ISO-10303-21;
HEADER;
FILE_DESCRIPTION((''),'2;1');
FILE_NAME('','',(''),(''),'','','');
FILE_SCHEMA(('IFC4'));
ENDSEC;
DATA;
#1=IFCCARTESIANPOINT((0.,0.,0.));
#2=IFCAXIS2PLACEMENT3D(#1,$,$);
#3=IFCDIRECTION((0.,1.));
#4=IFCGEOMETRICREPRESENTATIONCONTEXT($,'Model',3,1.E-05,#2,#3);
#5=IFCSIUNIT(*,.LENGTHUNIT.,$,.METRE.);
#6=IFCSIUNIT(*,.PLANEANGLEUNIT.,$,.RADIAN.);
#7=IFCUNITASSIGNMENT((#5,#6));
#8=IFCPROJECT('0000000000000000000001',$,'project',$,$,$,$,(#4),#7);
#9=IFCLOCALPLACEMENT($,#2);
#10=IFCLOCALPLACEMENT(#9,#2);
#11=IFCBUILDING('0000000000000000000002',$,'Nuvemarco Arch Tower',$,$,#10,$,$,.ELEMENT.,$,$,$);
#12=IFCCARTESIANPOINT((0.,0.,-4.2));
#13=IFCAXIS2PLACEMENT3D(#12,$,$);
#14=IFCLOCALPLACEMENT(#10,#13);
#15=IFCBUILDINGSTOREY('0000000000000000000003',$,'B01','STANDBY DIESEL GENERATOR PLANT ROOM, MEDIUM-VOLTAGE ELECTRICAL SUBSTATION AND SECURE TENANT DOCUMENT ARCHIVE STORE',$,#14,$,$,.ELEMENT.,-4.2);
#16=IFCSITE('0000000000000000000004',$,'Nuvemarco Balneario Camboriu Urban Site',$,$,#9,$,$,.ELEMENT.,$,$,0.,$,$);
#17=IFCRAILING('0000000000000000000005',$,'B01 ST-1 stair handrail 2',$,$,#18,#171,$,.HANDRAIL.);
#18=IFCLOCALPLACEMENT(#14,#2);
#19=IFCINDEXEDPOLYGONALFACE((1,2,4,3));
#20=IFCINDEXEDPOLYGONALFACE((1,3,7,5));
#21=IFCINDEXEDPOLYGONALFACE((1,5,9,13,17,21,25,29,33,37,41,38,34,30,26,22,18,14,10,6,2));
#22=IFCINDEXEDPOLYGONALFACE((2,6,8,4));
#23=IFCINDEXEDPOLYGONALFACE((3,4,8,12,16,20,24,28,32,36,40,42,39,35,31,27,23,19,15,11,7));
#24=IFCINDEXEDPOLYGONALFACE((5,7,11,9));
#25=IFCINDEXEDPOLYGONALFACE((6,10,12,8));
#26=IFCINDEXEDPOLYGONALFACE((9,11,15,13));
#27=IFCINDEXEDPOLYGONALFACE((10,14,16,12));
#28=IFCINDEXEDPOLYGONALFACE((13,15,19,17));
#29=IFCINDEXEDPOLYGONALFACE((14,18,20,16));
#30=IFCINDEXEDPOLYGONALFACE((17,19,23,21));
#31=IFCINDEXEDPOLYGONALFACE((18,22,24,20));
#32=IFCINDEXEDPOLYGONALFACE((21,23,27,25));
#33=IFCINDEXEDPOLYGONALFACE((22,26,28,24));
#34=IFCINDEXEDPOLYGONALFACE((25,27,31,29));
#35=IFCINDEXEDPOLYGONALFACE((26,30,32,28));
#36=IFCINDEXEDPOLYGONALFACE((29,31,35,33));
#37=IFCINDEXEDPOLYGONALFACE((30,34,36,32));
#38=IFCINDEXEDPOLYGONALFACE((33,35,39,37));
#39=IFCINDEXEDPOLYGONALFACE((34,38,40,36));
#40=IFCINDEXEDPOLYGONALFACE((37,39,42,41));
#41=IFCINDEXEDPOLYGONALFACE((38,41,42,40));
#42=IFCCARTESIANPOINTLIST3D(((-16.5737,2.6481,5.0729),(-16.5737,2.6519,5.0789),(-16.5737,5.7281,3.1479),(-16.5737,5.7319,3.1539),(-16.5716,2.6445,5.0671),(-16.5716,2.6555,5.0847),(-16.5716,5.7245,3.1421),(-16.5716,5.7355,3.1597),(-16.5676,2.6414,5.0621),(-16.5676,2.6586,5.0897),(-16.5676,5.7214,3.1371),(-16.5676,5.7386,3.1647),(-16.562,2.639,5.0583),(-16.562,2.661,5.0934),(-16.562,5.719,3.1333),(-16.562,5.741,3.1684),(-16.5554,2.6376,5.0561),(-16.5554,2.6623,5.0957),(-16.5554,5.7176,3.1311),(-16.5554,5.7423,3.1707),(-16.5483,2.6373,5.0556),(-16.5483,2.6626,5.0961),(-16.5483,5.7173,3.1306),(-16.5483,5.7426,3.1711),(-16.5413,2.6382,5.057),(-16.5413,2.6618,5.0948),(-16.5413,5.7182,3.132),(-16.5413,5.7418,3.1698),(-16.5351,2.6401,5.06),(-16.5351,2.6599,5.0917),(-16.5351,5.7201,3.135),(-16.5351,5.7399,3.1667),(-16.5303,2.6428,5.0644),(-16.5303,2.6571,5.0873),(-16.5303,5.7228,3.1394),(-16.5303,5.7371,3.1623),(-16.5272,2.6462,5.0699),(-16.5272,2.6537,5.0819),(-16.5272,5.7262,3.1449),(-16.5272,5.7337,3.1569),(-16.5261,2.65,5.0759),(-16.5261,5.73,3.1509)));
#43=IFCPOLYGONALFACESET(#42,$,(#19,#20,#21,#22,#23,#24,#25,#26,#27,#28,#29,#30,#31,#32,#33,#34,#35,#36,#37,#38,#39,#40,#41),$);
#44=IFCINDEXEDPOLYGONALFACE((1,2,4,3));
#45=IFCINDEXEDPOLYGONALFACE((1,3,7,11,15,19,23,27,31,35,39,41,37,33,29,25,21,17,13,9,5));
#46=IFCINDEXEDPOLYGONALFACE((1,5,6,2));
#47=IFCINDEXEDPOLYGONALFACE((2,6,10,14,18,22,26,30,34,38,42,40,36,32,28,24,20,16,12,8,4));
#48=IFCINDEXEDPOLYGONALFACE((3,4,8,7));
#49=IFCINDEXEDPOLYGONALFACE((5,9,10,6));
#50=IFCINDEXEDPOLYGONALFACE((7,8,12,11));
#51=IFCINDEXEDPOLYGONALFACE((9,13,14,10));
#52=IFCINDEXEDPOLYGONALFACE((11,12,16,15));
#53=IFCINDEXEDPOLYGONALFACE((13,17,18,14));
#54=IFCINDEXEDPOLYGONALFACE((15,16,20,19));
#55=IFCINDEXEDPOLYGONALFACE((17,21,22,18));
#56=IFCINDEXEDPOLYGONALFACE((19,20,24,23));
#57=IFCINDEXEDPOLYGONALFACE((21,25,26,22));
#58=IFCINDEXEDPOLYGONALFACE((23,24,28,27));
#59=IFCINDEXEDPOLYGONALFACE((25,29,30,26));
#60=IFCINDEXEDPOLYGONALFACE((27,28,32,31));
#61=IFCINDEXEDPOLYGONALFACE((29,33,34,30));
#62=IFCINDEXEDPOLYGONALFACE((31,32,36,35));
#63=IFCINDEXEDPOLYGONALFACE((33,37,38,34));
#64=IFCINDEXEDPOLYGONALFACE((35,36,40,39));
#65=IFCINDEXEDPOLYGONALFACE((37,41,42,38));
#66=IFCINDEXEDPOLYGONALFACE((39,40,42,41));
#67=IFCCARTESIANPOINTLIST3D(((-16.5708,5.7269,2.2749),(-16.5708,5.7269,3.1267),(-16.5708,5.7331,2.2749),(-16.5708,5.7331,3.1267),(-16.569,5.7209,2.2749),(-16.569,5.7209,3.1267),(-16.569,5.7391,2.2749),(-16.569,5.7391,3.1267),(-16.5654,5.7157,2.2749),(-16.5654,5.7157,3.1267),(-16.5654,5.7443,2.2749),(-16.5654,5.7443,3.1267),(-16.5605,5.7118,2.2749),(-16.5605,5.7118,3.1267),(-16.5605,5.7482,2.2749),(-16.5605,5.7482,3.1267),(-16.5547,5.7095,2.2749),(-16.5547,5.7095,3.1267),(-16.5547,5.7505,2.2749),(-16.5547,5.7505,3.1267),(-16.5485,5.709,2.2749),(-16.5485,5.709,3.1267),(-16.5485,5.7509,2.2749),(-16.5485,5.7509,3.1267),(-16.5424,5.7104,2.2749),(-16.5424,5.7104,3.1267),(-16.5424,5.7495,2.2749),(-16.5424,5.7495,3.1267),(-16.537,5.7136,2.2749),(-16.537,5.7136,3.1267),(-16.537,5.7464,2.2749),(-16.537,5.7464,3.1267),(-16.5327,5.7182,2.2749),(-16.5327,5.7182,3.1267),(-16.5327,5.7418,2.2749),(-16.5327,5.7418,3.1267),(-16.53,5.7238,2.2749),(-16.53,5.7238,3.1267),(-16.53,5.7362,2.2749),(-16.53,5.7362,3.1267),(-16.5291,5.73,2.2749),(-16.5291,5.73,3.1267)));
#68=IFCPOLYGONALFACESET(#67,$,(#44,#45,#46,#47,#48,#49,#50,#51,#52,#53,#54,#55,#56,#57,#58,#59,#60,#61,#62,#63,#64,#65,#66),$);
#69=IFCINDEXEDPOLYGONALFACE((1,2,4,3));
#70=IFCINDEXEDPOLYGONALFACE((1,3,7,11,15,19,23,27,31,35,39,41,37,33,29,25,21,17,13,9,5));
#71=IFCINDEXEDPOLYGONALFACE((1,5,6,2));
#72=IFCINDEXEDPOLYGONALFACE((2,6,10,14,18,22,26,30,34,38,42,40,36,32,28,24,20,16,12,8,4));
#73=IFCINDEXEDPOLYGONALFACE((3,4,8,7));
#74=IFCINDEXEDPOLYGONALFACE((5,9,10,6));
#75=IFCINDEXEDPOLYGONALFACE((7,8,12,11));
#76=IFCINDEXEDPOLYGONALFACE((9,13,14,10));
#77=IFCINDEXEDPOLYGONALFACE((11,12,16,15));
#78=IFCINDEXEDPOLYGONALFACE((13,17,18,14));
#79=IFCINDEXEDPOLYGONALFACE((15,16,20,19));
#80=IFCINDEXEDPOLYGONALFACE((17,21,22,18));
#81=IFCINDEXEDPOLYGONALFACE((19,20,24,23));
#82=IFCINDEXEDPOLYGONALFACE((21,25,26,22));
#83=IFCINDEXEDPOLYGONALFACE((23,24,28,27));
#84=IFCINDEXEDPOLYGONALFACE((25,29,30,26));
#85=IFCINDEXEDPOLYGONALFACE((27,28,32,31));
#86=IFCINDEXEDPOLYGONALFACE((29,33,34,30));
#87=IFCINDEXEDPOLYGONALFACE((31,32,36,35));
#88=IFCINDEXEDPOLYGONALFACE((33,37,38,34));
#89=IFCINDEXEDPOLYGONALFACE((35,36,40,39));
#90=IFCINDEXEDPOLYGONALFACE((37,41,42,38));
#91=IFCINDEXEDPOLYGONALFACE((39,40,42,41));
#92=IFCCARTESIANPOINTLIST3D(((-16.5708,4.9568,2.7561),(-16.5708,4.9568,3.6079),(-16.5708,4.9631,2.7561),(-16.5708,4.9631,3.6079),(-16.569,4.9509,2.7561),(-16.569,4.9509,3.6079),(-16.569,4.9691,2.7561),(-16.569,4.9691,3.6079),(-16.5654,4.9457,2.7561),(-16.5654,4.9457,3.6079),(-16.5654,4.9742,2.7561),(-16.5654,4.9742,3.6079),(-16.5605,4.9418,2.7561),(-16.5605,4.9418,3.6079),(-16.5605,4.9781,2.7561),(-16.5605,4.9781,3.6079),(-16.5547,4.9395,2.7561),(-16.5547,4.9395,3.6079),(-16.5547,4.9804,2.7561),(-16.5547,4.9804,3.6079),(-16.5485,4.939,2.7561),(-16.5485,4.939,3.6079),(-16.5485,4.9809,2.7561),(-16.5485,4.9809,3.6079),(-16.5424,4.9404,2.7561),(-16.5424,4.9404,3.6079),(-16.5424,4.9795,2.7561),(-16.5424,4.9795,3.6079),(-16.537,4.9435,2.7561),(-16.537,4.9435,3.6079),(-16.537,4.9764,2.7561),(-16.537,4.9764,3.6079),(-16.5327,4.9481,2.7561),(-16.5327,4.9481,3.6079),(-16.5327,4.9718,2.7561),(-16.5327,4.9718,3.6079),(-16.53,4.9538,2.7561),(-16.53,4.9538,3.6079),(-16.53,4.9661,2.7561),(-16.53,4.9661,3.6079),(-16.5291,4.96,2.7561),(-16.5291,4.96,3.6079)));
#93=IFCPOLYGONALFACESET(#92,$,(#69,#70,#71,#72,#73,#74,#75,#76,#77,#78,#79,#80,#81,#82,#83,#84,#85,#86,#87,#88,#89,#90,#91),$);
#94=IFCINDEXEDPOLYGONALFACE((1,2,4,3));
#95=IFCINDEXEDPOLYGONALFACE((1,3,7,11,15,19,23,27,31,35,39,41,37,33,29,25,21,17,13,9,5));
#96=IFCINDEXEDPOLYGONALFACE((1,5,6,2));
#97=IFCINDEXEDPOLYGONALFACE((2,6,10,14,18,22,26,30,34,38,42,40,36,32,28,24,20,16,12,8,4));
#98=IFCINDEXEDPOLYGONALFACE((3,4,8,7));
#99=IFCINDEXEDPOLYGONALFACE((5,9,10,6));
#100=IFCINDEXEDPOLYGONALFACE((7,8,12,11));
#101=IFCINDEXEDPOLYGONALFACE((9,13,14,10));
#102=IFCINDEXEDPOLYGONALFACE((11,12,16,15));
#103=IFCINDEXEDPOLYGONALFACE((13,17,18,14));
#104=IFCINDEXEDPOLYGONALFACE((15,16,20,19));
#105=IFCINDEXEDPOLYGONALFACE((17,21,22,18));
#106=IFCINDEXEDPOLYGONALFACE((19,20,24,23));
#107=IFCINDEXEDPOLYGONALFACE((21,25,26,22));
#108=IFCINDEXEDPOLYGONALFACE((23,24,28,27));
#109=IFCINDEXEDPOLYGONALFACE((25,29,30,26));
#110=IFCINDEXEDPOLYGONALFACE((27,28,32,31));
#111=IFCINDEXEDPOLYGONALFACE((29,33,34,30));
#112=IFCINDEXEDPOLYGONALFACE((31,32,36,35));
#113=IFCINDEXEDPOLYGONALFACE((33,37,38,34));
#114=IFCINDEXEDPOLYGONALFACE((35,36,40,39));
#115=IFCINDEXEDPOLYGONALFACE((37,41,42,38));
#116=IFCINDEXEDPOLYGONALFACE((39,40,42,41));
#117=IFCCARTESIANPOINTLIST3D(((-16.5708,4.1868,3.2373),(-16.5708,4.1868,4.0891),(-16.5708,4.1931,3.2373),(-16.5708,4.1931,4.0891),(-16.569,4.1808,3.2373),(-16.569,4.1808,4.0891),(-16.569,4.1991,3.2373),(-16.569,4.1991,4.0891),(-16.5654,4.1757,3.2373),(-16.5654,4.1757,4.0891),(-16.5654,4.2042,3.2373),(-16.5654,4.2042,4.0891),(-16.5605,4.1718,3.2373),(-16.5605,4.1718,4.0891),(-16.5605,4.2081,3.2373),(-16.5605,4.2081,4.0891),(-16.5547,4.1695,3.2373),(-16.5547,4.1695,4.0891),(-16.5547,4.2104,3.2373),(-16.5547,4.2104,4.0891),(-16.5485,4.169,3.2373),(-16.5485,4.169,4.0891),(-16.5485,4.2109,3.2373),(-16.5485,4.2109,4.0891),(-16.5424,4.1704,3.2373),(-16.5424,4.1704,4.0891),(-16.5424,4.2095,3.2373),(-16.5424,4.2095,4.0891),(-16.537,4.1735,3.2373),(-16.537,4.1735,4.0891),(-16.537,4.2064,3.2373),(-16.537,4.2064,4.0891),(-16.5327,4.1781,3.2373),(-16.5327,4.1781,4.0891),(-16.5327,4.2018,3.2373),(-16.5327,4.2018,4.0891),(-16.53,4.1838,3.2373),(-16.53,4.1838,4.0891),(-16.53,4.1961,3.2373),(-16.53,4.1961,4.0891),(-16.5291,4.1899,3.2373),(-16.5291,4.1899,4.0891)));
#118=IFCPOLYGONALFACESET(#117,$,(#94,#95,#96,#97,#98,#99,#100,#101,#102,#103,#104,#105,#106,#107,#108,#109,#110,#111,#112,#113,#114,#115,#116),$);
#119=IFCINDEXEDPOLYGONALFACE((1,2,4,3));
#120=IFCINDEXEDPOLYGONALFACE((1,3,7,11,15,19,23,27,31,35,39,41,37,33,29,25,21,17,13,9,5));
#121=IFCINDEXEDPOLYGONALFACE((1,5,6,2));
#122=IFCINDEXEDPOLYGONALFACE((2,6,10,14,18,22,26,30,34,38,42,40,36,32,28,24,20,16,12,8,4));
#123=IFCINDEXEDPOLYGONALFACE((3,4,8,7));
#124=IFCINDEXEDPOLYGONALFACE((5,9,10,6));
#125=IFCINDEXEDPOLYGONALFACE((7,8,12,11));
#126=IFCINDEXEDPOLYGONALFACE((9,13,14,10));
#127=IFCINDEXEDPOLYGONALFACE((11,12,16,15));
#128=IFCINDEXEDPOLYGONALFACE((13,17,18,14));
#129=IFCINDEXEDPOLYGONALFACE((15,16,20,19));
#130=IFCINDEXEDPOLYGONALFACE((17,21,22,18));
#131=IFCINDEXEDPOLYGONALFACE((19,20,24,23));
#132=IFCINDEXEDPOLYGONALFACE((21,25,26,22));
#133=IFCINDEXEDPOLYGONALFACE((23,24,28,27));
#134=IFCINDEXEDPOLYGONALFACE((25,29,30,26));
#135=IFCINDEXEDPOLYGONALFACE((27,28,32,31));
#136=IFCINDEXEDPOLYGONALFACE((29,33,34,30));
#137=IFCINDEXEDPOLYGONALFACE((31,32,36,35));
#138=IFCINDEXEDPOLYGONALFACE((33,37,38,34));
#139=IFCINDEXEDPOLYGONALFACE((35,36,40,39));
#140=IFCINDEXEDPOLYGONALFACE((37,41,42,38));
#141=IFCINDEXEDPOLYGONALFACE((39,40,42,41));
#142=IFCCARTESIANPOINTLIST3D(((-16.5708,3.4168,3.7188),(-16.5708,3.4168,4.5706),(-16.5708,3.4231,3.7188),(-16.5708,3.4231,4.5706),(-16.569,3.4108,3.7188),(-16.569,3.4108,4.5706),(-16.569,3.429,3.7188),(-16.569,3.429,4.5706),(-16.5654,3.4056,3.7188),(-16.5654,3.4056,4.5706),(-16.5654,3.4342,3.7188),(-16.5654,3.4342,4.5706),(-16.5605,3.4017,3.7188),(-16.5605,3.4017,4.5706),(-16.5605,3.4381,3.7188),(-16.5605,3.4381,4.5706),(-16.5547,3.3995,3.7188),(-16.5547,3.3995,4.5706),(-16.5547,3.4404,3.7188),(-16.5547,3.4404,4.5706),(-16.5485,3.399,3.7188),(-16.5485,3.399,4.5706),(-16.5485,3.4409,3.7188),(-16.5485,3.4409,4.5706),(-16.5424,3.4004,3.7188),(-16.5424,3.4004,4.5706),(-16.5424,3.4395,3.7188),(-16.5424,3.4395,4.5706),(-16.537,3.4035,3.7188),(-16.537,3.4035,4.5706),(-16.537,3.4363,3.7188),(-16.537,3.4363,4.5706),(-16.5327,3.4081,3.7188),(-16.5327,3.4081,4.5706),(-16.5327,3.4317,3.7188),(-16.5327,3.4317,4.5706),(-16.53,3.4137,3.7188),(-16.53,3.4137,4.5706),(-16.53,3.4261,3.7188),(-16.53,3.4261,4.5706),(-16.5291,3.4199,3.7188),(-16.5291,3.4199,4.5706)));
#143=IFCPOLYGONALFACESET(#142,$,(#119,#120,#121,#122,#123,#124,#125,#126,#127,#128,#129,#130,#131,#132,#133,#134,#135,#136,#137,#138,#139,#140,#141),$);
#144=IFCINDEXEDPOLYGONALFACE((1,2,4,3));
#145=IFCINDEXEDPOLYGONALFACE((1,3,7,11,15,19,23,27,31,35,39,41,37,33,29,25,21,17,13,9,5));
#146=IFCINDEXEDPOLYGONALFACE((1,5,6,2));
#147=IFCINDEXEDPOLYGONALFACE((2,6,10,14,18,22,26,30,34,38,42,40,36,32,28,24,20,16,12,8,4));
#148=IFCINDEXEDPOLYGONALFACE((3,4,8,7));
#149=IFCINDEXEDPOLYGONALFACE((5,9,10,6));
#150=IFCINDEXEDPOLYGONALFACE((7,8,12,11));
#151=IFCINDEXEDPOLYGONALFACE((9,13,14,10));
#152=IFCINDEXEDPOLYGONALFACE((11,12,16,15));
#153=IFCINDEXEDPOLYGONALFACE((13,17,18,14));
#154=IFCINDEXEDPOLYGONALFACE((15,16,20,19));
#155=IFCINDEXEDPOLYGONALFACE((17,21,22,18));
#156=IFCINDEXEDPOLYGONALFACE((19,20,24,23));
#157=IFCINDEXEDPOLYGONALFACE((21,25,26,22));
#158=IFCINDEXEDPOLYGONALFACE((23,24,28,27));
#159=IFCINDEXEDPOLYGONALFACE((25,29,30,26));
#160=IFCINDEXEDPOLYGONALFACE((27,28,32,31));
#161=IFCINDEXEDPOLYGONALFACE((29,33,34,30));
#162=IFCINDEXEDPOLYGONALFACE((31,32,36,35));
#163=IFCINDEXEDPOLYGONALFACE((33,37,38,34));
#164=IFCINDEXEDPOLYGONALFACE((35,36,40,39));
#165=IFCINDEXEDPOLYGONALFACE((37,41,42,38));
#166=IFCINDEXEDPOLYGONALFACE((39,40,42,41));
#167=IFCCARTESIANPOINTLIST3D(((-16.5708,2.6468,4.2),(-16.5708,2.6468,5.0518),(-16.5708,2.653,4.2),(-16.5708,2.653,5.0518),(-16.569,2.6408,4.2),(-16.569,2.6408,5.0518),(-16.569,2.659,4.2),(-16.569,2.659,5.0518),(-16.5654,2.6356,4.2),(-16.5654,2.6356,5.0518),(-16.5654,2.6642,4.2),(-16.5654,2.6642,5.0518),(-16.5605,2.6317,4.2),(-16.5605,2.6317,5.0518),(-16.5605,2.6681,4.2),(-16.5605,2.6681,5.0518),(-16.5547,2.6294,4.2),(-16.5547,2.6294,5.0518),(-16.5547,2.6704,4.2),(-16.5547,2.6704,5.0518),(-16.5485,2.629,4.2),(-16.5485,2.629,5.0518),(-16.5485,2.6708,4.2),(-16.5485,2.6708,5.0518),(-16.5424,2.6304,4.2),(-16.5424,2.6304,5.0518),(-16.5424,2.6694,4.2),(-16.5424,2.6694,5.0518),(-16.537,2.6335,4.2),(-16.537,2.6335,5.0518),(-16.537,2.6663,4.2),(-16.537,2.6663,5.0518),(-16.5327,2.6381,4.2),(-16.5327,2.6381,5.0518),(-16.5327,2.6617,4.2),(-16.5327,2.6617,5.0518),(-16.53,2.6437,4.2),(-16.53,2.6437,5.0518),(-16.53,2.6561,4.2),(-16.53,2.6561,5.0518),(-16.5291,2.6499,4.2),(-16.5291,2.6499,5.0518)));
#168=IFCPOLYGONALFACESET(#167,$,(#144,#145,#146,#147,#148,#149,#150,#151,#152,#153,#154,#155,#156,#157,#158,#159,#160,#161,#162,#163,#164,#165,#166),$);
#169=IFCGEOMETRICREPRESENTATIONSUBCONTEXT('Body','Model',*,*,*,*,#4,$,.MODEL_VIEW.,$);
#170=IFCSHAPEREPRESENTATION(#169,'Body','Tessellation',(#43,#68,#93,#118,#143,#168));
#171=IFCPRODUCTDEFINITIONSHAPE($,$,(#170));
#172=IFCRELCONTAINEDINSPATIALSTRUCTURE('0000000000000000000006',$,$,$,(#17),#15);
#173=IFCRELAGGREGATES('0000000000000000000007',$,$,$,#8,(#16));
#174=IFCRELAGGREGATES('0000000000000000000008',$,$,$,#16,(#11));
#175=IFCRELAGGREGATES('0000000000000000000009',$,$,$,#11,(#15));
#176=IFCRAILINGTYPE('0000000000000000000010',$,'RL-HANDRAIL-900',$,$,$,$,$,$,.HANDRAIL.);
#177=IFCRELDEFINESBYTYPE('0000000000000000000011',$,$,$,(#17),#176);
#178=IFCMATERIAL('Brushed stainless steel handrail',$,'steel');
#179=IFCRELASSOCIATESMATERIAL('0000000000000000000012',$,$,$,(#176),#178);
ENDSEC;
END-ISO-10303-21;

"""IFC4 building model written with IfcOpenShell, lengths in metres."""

from ifc_helpers import new_model, si_unit, direction, frame, origin, origin_2d, place, context, subcontext, project, spatial, circle, extrude, material, type_object, element, save


model = new_model("IFC4")

# Units and contexts
model_context = context("Model", 3, precision=1e-05, world=origin(), true_north=direction((0.0, 1.0)))
body_context = subcontext(model_context, "Body", "Model", "MODEL_VIEW")
ifc_project = project(units=[si_unit("LENGTHUNIT", "METRE"), si_unit("PLANEANGLEUNIT", "RADIAN")], contexts=[model_context])

# Site, building, storey
site_placement = place(None, origin())
site = spatial("IfcSite", under=ifc_project, at=site_placement, Name="Nuvemarco Balneario Camboriu Urban Site", CompositionType="ELEMENT", RefElevation=0.0)
building_placement = place(site_placement, origin())
building = spatial("IfcBuilding", under=site, at=building_placement, Name="Nuvemarco Arch Tower", CompositionType="ELEMENT")
storey_placement = place(building_placement, frame((0.0, 0.0, -4.2)))
storey = spatial("IfcBuildingStorey", under=building, at=storey_placement, Name="B01", Description="STANDBY DIESEL GENERATOR PLANT ROOM, MEDIUM-VOLTAGE ELECTRICAL SUBSTATION AND SECURE TENANT DOCUMENT ARCHIVE STORE", CompositionType="ELEMENT", Elevation=-4.2)

# Railing
ifc_material_1 = material(Name="Brushed stainless steel handrail", Category="steel")
railing_type_1 = type_object("IfcRailingType", Name="RL-HANDRAIL-900", PredefinedType="HANDRAIL", material=ifc_material_1)
railing_1_placement = place(storey_placement, frame((-16.55, 5.73, 2.2749)))
element("IfcRailing", 1, at=railing_1_placement, inside=storey, type_object=railing_type_1, Name="B01 ST-1 stair handrail 2", PredefinedType="HANDRAIL", context=body_context, shape_type="SweptSolid", body=[
    extrude(circle(Radius=0.0239, at=origin_2d()), frame((0.0, 0.0, 0.876), z_axis=(0.0, -0.847998, 0.529999), x_axis=(1.0, 0.0, 0.0)), (0.0, 0.0, 1.0), 3.6321),
    extrude(circle(Radius=0.021, at=origin_2d()), origin(), (0.0, 0.0, 1.0), 0.8518),
    extrude(circle(Radius=0.021, at=origin_2d()), frame((0.0, -0.77, 0.4812)), (0.0, 0.0, 1.0), 0.8518),
    extrude(circle(Radius=0.021, at=origin_2d()), frame((0.0, -1.54, 0.9624)), (0.0, 0.0, 1.0), 0.8518),
    extrude(circle(Radius=0.021, at=origin_2d()), frame((0.0, -2.3101, 1.4438)), (0.0, 0.0, 1.0), 0.8518),
    extrude(circle(Radius=0.021, at=origin_2d()), frame((0.0, -3.0801, 1.925)), (0.0, 0.0, 1.0), 0.8518),
])

save(model, "model.ifc")
